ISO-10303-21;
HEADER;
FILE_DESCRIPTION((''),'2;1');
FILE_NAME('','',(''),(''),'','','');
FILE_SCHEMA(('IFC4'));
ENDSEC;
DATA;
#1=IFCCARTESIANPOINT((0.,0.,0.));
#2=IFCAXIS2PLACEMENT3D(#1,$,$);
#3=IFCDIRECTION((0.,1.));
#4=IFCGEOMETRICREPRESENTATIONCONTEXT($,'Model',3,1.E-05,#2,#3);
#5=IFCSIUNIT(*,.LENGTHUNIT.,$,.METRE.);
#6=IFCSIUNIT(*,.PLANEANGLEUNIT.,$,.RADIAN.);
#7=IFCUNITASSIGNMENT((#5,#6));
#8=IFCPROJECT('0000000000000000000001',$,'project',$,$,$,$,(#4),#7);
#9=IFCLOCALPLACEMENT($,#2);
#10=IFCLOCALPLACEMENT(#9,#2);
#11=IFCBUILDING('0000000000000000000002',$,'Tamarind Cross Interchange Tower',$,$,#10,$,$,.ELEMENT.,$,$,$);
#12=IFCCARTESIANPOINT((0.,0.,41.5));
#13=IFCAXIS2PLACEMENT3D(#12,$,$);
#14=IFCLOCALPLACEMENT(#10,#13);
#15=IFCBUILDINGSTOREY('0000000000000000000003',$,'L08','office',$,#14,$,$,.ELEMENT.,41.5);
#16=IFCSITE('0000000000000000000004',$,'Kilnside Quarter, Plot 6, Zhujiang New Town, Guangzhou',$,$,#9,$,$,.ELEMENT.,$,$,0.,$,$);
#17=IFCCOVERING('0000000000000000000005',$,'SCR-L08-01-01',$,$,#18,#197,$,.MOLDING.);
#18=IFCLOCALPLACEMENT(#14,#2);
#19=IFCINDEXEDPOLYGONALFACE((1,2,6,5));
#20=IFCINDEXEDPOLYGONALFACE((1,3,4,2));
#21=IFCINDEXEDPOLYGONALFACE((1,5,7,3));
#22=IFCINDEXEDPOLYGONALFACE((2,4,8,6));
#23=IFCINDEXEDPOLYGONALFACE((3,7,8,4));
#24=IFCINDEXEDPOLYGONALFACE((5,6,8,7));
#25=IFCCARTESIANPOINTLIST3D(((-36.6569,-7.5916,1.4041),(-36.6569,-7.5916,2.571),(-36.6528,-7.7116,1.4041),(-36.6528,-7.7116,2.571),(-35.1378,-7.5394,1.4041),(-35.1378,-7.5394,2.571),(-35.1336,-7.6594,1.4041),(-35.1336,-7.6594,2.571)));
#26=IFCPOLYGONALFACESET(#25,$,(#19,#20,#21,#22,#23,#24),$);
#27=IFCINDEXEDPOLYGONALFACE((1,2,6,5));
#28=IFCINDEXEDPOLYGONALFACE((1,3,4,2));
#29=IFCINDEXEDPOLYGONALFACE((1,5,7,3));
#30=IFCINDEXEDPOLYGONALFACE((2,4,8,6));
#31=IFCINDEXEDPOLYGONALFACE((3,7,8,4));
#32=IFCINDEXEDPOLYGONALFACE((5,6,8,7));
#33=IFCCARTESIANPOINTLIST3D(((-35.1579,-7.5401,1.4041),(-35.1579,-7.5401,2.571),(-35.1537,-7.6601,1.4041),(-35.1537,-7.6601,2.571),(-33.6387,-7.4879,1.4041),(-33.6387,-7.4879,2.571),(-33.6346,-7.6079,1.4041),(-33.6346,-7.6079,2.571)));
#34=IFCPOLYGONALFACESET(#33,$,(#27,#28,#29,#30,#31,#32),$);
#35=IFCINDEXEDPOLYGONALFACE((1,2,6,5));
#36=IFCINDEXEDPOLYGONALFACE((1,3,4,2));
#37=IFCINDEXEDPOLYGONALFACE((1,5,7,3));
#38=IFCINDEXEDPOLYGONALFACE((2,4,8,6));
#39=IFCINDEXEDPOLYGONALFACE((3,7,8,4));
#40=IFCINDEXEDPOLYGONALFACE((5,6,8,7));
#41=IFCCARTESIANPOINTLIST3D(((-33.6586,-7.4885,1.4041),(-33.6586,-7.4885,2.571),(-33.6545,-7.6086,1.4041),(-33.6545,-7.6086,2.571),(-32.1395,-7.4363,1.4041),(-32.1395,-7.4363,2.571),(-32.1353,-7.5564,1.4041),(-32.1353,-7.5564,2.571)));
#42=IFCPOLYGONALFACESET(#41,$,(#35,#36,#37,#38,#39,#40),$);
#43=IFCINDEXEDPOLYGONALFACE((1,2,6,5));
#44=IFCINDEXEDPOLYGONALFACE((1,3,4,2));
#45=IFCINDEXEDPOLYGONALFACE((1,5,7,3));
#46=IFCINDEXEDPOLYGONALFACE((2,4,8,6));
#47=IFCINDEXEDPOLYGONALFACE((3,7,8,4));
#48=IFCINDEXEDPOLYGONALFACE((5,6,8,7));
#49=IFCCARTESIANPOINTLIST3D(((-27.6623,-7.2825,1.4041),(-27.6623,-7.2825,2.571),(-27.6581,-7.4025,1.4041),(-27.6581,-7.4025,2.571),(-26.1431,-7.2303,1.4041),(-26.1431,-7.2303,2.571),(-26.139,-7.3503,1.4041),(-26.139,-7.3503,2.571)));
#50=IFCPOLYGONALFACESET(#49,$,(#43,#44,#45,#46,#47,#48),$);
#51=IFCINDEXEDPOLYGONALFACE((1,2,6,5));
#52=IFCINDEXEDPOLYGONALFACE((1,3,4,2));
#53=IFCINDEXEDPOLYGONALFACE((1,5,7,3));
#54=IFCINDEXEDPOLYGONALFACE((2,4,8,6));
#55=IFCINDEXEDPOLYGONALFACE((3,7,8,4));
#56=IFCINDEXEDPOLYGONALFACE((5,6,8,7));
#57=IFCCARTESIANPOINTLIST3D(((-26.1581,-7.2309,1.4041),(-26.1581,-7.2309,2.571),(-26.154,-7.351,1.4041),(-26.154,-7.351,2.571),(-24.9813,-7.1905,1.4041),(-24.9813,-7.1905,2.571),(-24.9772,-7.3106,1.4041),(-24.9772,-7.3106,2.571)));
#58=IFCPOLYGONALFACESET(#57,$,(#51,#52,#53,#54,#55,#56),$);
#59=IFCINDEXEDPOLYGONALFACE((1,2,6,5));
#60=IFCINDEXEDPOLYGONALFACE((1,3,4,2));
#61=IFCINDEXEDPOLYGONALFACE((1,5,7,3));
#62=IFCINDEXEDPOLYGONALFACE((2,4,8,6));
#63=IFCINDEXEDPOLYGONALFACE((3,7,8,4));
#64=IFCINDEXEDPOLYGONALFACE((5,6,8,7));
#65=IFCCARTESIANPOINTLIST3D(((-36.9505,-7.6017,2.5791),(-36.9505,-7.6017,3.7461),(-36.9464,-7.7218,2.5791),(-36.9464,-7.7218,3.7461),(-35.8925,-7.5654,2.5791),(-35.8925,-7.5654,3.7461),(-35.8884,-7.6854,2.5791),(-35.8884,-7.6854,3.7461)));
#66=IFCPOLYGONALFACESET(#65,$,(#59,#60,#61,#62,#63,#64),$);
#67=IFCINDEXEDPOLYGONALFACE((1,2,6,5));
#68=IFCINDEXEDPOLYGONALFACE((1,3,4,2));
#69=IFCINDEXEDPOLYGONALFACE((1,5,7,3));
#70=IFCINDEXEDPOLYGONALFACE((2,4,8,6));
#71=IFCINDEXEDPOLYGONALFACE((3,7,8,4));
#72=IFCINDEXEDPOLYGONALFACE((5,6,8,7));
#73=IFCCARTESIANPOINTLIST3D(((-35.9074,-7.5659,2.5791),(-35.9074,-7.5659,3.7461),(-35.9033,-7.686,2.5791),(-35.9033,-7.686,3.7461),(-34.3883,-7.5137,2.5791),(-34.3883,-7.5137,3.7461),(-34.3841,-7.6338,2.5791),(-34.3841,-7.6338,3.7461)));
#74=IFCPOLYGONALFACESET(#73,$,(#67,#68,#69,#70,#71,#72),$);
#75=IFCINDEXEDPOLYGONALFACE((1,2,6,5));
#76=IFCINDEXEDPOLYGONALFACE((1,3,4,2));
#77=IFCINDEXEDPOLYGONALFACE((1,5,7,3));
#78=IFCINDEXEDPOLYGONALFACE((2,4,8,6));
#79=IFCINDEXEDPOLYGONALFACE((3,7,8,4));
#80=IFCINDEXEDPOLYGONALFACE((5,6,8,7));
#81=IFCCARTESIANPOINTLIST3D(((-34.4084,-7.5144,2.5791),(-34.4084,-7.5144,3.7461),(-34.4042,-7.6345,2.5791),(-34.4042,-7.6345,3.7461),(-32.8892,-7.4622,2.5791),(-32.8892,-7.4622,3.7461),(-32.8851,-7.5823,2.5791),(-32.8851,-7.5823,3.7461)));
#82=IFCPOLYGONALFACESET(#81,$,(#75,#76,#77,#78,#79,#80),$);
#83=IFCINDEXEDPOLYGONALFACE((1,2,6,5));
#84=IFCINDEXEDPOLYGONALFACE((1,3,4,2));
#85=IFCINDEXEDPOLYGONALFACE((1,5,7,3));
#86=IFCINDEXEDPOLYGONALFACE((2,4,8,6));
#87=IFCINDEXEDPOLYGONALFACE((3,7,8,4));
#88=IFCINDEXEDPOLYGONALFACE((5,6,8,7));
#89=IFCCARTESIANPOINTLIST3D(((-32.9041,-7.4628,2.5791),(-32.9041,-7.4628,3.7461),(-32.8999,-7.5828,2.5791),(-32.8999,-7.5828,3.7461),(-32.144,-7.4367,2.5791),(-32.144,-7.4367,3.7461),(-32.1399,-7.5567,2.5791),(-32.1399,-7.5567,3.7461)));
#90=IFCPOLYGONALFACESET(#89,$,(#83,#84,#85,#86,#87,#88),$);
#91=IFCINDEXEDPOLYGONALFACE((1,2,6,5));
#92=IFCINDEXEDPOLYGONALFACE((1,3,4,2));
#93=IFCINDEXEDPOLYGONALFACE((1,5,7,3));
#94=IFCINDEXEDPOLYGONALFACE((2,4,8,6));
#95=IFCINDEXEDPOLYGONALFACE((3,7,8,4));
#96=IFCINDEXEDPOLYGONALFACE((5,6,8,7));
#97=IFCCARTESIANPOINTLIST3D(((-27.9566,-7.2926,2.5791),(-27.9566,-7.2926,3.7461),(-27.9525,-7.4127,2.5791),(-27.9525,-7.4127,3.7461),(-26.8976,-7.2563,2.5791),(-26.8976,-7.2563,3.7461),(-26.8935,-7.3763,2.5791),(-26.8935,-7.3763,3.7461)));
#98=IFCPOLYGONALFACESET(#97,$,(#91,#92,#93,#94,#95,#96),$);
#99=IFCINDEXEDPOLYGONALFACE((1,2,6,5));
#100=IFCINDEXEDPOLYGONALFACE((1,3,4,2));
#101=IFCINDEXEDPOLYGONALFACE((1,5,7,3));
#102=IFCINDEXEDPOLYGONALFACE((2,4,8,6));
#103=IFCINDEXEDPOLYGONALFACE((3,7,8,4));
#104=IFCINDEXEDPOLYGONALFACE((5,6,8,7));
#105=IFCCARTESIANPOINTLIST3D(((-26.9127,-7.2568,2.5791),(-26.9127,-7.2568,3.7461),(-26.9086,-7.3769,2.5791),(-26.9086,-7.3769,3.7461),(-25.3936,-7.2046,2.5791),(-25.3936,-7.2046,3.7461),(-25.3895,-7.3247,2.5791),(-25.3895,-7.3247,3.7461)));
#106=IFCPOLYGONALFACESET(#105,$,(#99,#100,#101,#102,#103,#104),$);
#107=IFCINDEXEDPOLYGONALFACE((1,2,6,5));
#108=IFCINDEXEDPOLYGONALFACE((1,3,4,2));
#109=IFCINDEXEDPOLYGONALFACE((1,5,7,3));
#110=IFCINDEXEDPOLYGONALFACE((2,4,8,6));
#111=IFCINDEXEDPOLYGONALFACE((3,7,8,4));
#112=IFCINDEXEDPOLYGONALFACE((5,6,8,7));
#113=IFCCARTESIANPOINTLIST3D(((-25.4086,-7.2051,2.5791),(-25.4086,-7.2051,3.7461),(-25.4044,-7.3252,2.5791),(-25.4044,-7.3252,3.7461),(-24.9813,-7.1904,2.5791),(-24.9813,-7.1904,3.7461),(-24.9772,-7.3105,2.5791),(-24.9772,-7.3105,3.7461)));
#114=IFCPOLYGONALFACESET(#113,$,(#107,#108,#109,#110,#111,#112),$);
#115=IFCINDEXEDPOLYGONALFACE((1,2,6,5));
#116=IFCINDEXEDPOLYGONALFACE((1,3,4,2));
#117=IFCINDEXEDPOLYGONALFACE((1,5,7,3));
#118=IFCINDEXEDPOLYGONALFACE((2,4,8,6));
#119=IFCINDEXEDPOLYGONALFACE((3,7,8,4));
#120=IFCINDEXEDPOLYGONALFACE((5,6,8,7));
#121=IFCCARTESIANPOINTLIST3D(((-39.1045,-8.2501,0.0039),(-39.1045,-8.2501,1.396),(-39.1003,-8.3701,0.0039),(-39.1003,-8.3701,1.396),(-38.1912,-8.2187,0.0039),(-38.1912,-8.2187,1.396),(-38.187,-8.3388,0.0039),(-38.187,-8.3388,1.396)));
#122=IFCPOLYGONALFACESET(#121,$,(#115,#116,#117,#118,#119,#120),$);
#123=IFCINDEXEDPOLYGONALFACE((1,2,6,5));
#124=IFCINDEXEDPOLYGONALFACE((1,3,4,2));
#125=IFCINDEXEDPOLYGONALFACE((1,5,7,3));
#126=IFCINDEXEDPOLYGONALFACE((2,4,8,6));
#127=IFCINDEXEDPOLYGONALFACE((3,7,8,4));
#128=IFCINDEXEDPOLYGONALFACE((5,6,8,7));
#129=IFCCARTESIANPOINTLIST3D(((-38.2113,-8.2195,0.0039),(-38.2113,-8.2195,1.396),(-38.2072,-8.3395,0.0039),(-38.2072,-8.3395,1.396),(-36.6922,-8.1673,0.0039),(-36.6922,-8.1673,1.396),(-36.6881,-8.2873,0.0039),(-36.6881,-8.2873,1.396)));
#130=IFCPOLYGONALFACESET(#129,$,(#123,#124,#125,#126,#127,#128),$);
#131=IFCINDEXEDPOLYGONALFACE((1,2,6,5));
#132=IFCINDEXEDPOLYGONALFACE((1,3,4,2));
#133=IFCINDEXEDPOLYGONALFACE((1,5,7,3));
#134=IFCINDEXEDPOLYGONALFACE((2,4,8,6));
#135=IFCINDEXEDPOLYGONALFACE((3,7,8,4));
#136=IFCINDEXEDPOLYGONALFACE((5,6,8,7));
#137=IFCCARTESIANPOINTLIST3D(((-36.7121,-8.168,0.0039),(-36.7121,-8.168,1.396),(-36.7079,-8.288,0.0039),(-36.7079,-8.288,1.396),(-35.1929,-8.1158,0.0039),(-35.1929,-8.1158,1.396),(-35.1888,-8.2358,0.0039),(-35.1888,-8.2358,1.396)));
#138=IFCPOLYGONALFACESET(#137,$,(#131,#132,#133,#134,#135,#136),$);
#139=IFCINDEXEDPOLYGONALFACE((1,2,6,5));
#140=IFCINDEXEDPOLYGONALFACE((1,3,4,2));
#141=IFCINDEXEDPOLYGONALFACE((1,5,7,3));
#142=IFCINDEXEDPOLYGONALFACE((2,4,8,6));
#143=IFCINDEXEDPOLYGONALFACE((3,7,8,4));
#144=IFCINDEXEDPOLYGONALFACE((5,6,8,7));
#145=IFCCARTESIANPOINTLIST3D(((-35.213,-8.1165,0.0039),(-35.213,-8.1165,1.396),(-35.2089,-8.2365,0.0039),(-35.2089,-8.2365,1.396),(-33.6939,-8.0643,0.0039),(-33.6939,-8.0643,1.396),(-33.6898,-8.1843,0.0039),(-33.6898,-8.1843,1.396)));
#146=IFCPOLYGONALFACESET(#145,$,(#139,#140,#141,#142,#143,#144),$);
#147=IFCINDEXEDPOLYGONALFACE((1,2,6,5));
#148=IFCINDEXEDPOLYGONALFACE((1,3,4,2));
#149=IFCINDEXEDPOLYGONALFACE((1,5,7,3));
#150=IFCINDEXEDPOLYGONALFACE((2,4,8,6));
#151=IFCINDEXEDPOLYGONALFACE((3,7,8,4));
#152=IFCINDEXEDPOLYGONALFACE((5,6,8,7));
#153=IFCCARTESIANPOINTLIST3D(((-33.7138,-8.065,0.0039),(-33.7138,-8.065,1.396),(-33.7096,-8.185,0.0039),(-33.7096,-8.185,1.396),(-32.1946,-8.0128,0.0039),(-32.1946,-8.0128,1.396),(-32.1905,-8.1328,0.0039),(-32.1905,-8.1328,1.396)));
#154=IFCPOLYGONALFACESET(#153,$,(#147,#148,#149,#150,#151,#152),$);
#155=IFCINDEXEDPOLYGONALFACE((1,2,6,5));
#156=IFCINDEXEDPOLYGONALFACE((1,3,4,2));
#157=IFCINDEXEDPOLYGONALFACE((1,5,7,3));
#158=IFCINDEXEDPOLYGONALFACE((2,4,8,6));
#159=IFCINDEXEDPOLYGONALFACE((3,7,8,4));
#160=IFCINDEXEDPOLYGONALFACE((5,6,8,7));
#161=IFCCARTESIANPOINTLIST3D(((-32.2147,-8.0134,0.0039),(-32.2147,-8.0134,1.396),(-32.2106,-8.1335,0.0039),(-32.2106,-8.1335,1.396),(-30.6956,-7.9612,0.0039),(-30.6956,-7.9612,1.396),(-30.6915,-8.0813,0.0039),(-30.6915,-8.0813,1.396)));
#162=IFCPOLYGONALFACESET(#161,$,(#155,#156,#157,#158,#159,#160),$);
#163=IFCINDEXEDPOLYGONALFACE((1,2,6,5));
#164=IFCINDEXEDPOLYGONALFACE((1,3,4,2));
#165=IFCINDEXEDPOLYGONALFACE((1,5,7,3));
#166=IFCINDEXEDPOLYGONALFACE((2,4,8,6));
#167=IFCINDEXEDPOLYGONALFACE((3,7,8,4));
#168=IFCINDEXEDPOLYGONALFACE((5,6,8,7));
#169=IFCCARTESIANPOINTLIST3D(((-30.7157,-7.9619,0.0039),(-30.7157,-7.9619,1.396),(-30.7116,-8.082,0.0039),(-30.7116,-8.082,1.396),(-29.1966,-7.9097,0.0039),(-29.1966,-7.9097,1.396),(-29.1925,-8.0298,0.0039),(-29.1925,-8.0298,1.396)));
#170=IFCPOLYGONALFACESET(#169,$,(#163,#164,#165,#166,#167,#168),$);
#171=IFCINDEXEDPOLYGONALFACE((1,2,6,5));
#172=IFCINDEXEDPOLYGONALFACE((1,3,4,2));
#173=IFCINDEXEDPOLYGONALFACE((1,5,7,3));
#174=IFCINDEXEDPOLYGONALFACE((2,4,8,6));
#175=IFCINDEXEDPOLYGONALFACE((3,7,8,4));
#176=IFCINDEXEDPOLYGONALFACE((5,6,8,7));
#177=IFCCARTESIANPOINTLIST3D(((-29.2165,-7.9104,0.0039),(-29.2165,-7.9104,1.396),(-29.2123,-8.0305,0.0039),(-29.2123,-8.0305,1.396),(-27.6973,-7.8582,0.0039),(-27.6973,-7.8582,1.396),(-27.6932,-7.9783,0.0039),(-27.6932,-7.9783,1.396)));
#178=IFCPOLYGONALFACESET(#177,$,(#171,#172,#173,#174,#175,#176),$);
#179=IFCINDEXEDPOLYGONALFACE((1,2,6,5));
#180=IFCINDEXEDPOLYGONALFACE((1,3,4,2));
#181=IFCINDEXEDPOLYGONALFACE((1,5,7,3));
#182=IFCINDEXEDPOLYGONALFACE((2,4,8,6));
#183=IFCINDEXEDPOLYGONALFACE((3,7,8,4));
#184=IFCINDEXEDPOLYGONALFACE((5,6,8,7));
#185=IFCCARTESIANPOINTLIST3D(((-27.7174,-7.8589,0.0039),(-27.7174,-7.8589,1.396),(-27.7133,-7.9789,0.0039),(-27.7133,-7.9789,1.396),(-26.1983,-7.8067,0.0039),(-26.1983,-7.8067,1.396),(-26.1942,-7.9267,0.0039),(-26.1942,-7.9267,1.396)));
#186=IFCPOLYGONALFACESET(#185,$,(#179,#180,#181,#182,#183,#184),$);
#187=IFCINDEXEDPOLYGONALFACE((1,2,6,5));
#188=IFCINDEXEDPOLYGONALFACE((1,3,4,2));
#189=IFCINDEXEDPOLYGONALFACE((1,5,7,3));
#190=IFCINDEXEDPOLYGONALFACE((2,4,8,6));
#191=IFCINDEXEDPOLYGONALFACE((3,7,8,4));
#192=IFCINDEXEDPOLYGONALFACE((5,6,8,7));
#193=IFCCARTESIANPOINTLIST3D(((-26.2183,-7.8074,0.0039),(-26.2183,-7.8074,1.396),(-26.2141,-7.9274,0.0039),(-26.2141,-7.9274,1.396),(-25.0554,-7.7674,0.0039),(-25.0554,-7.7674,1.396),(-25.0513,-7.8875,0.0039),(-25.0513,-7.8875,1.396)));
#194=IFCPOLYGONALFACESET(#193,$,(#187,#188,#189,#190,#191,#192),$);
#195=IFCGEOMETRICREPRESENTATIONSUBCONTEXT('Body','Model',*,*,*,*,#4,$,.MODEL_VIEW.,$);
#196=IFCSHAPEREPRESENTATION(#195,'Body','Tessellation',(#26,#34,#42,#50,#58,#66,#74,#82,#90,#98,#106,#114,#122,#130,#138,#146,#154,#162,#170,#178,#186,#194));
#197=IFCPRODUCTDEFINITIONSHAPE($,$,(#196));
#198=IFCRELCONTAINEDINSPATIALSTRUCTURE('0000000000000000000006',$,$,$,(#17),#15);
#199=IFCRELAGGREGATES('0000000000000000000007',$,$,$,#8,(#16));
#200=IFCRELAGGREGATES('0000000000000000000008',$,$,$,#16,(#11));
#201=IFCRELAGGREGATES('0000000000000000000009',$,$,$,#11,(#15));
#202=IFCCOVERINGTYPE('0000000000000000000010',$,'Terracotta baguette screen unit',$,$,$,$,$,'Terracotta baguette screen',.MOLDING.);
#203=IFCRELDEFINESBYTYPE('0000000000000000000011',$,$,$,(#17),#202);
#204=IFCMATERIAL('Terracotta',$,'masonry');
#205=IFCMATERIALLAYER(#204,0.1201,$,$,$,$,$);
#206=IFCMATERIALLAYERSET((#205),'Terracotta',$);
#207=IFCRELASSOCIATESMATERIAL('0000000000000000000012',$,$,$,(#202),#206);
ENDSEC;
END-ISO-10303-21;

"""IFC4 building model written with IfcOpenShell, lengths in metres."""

from ifc_helpers import new_model, si_unit, direction, frame, origin, origin_2d, place, context, subcontext, project, spatial, rectangle, extrude, material, layer, layer_set, type_object, element, save


model = new_model("IFC4")

# Units and contexts
model_context = context("Model", 3, precision=1e-05, world=origin(), true_north=direction((0.0, 1.0)))
body_context = subcontext(model_context, "Body", "Model", "MODEL_VIEW")
ifc_project = project(units=[si_unit("LENGTHUNIT", "METRE"), si_unit("PLANEANGLEUNIT", "RADIAN")], contexts=[model_context])

# Site, building, storey
site_placement = place(None, origin())
site = spatial("IfcSite", under=ifc_project, at=site_placement, Name="Kilnside Quarter, Plot 6, Zhujiang New Town, Guangzhou", CompositionType="ELEMENT", RefElevation=0.0)
building_placement = place(site_placement, origin())
building = spatial("IfcBuilding", under=site, at=building_placement, Name="Tamarind Cross Interchange Tower", CompositionType="ELEMENT")
storey_placement = place(building_placement, frame((0.0, 0.0, 41.5)))
storey = spatial("IfcBuildingStorey", under=building, at=storey_placement, Name="L08", Description="office", CompositionType="ELEMENT", Elevation=41.5)

# Covering
ifc_material_1 = material(Name="Terracotta", Category="masonry")
ifc_layer_1 = layer(ifc_material_1, 0.1201)
ifc_layer_set_1 = layer_set([ifc_layer_1], Name="Terracotta")
covering_type = type_object("IfcCoveringType", Name="Terracotta baguette screen unit", ElementType="Terracotta baguette screen", PredefinedType="MOLDING", material=ifc_layer_set_1)
covering_1_placement = place(storey_placement, origin())
element("IfcCovering", 1, at=covering_1_placement, inside=storey, type_object=covering_type, Name="SCR-L08-01-01", PredefinedType="MOLDING", context=body_context, shape_type="SweptSolid", body=[
    extrude(rectangle(XDim=1.52, YDim=0.1201, at=origin_2d()), frame((-35.8953, -7.6255, 1.4041), z_axis=(0.0, 0.0, 1.0), x_axis=(0.99941, 0.034343, 0.0)), (0.0, 0.0, 1.0), 1.167),
    extrude(rectangle(XDim=1.52, YDim=0.1201, at=origin_2d()), frame((-34.3962, -7.574, 1.4041), z_axis=(0.0, 0.0, 1.0), x_axis=(0.99941, 0.034343, 0.0)), (0.0, 0.0, 1.0), 1.167),
    extrude(rectangle(XDim=1.52, YDim=0.1201, at=origin_2d()), frame((-32.897, -7.5225, 1.4041), z_axis=(0.0, 0.0, 1.0), x_axis=(0.99941, 0.034343, 0.0)), (0.0, 0.0, 1.0), 1.167),
    extrude(rectangle(XDim=1.52, YDim=0.1201, at=origin_2d()), frame((-26.9006, -7.3164, 1.4041), z_axis=(0.0, 0.0, 1.0), x_axis=(0.99941, 0.034343, 0.0)), (0.0, 0.0, 1.0), 1.167),
    extrude(rectangle(XDim=1.1775, YDim=0.1201, at=origin_2d()), frame((-25.5676, -7.2708, 1.4041), z_axis=(0.0, 0.0, 1.0), x_axis=(0.99941, 0.034343, 0.0)), (0.0, 0.0, 1.0), 1.167),
    extrude(rectangle(XDim=1.0586, YDim=0.1201, at=origin_2d()), frame((-36.4194, -7.6436, 2.5791), z_axis=(0.0, 0.0, 1.0), x_axis=(0.99941, 0.034343, 0.0)), (0.0, 0.0, 1.0), 1.167),
    extrude(rectangle(XDim=1.52, YDim=0.1201, at=origin_2d()), frame((-35.1458, -7.5999, 2.5791), z_axis=(0.0, 0.0, 1.0), x_axis=(0.99941, 0.034343, 0.0)), (0.0, 0.0, 1.0), 1.167),
    extrude(rectangle(XDim=1.52, YDim=0.1201, at=origin_2d()), frame((-33.6467, -7.5483, 2.5791), z_axis=(0.0, 0.0, 1.0), x_axis=(0.99941, 0.034343, 0.0)), (0.0, 0.0, 1.0), 1.167),
    extrude(rectangle(XDim=0.7605, YDim=0.1201, at=origin_2d()), frame((-32.522, -7.5098, 2.5791), z_axis=(0.0, 0.0, 1.0), x_axis=(0.99941, 0.034343, 0.0)), (0.0, 0.0, 1.0), 1.167),
    extrude(rectangle(XDim=1.0596, YDim=0.1201, at=origin_2d()), frame((-27.425, -7.3345, 2.5791), z_axis=(0.0, 0.0, 1.0), x_axis=(0.99941, 0.034343, 0.0)), (0.0, 0.0, 1.0), 1.167),
    extrude(rectangle(XDim=1.52, YDim=0.1201, at=origin_2d()), frame((-26.1511, -7.2908, 2.5791), z_axis=(0.0, 0.0, 1.0), x_axis=(0.99941, 0.034343, 0.0)), (0.0, 0.0, 1.0), 1.167),
    extrude(rectangle(XDim=0.4275, YDim=0.1201, at=origin_2d()), frame((-25.1929, -7.2578, 2.5791), z_axis=(0.0, 0.0, 1.0), x_axis=(0.99941, 0.034343, 0.0)), (0.0, 0.0, 1.0), 1.167),
    extrude(rectangle(XDim=0.9138, YDim=0.1201, at=origin_2d()), frame((-38.6458, -8.2944, 0.0039), z_axis=(0.0, 0.0, 1.0), x_axis=(0.99941, 0.034343, 0.0)), (0.0, 0.0, 1.0), 1.3921),
    extrude(rectangle(XDim=1.52, YDim=0.1201, at=origin_2d()), frame((-37.4497, -8.2534, 0.0039), z_axis=(0.0, 0.0, 1.0), x_axis=(0.99941, 0.034343, 0.0)), (0.0, 0.0, 1.0), 1.3921),
    extrude(rectangle(XDim=1.52, YDim=0.1201, at=origin_2d()), frame((-35.9504, -8.2019, 0.0039), z_axis=(0.0, 0.0, 1.0), x_axis=(0.99941, 0.034343, 0.0)), (0.0, 0.0, 1.0), 1.3921),
    extrude(rectangle(XDim=1.52, YDim=0.1201, at=origin_2d()), frame((-34.4514, -8.1504, 0.0039), z_axis=(0.0, 0.0, 1.0), x_axis=(0.99941, 0.034343, 0.0)), (0.0, 0.0, 1.0), 1.3921),
    extrude(rectangle(XDim=1.52, YDim=0.1201, at=origin_2d()), frame((-32.9521, -8.0989, 0.0039), z_axis=(0.0, 0.0, 1.0), x_axis=(0.99941, 0.034343, 0.0)), (0.0, 0.0, 1.0), 1.3921),
    extrude(rectangle(XDim=1.52, YDim=0.1201, at=origin_2d()), frame((-31.4531, -8.0474, 0.0039), z_axis=(0.0, 0.0, 1.0), x_axis=(0.99941, 0.034343, 0.0)), (0.0, 0.0, 1.0), 1.3921),
    extrude(rectangle(XDim=1.52, YDim=0.1201, at=origin_2d()), frame((-29.9541, -7.9958, 0.0039), z_axis=(0.0, 0.0, 1.0), x_axis=(0.99941, 0.034343, 0.0)), (0.0, 0.0, 1.0), 1.3921),
    extrude(rectangle(XDim=1.52, YDim=0.1201, at=origin_2d()), frame((-28.4548, -7.9443, 0.0039), z_axis=(0.0, 0.0, 1.0), x_axis=(0.99941, 0.034343, 0.0)), (0.0, 0.0, 1.0), 1.3921),
    extrude(rectangle(XDim=1.52, YDim=0.1201, at=origin_2d()), frame((-26.9558, -7.8928, 0.0039), z_axis=(0.0, 0.0, 1.0), x_axis=(0.99941, 0.034343, 0.0)), (0.0, 0.0, 1.0), 1.3921),
    extrude(rectangle(XDim=1.1636, YDim=0.1201, at=origin_2d()), frame((-25.6348, -7.8474, 0.0039), z_axis=(0.0, 0.0, 1.0), x_axis=(0.99941, 0.034343, 0.0)), (0.0, 0.0, 1.0), 1.3921),
])

save(model, "model.ifc")
